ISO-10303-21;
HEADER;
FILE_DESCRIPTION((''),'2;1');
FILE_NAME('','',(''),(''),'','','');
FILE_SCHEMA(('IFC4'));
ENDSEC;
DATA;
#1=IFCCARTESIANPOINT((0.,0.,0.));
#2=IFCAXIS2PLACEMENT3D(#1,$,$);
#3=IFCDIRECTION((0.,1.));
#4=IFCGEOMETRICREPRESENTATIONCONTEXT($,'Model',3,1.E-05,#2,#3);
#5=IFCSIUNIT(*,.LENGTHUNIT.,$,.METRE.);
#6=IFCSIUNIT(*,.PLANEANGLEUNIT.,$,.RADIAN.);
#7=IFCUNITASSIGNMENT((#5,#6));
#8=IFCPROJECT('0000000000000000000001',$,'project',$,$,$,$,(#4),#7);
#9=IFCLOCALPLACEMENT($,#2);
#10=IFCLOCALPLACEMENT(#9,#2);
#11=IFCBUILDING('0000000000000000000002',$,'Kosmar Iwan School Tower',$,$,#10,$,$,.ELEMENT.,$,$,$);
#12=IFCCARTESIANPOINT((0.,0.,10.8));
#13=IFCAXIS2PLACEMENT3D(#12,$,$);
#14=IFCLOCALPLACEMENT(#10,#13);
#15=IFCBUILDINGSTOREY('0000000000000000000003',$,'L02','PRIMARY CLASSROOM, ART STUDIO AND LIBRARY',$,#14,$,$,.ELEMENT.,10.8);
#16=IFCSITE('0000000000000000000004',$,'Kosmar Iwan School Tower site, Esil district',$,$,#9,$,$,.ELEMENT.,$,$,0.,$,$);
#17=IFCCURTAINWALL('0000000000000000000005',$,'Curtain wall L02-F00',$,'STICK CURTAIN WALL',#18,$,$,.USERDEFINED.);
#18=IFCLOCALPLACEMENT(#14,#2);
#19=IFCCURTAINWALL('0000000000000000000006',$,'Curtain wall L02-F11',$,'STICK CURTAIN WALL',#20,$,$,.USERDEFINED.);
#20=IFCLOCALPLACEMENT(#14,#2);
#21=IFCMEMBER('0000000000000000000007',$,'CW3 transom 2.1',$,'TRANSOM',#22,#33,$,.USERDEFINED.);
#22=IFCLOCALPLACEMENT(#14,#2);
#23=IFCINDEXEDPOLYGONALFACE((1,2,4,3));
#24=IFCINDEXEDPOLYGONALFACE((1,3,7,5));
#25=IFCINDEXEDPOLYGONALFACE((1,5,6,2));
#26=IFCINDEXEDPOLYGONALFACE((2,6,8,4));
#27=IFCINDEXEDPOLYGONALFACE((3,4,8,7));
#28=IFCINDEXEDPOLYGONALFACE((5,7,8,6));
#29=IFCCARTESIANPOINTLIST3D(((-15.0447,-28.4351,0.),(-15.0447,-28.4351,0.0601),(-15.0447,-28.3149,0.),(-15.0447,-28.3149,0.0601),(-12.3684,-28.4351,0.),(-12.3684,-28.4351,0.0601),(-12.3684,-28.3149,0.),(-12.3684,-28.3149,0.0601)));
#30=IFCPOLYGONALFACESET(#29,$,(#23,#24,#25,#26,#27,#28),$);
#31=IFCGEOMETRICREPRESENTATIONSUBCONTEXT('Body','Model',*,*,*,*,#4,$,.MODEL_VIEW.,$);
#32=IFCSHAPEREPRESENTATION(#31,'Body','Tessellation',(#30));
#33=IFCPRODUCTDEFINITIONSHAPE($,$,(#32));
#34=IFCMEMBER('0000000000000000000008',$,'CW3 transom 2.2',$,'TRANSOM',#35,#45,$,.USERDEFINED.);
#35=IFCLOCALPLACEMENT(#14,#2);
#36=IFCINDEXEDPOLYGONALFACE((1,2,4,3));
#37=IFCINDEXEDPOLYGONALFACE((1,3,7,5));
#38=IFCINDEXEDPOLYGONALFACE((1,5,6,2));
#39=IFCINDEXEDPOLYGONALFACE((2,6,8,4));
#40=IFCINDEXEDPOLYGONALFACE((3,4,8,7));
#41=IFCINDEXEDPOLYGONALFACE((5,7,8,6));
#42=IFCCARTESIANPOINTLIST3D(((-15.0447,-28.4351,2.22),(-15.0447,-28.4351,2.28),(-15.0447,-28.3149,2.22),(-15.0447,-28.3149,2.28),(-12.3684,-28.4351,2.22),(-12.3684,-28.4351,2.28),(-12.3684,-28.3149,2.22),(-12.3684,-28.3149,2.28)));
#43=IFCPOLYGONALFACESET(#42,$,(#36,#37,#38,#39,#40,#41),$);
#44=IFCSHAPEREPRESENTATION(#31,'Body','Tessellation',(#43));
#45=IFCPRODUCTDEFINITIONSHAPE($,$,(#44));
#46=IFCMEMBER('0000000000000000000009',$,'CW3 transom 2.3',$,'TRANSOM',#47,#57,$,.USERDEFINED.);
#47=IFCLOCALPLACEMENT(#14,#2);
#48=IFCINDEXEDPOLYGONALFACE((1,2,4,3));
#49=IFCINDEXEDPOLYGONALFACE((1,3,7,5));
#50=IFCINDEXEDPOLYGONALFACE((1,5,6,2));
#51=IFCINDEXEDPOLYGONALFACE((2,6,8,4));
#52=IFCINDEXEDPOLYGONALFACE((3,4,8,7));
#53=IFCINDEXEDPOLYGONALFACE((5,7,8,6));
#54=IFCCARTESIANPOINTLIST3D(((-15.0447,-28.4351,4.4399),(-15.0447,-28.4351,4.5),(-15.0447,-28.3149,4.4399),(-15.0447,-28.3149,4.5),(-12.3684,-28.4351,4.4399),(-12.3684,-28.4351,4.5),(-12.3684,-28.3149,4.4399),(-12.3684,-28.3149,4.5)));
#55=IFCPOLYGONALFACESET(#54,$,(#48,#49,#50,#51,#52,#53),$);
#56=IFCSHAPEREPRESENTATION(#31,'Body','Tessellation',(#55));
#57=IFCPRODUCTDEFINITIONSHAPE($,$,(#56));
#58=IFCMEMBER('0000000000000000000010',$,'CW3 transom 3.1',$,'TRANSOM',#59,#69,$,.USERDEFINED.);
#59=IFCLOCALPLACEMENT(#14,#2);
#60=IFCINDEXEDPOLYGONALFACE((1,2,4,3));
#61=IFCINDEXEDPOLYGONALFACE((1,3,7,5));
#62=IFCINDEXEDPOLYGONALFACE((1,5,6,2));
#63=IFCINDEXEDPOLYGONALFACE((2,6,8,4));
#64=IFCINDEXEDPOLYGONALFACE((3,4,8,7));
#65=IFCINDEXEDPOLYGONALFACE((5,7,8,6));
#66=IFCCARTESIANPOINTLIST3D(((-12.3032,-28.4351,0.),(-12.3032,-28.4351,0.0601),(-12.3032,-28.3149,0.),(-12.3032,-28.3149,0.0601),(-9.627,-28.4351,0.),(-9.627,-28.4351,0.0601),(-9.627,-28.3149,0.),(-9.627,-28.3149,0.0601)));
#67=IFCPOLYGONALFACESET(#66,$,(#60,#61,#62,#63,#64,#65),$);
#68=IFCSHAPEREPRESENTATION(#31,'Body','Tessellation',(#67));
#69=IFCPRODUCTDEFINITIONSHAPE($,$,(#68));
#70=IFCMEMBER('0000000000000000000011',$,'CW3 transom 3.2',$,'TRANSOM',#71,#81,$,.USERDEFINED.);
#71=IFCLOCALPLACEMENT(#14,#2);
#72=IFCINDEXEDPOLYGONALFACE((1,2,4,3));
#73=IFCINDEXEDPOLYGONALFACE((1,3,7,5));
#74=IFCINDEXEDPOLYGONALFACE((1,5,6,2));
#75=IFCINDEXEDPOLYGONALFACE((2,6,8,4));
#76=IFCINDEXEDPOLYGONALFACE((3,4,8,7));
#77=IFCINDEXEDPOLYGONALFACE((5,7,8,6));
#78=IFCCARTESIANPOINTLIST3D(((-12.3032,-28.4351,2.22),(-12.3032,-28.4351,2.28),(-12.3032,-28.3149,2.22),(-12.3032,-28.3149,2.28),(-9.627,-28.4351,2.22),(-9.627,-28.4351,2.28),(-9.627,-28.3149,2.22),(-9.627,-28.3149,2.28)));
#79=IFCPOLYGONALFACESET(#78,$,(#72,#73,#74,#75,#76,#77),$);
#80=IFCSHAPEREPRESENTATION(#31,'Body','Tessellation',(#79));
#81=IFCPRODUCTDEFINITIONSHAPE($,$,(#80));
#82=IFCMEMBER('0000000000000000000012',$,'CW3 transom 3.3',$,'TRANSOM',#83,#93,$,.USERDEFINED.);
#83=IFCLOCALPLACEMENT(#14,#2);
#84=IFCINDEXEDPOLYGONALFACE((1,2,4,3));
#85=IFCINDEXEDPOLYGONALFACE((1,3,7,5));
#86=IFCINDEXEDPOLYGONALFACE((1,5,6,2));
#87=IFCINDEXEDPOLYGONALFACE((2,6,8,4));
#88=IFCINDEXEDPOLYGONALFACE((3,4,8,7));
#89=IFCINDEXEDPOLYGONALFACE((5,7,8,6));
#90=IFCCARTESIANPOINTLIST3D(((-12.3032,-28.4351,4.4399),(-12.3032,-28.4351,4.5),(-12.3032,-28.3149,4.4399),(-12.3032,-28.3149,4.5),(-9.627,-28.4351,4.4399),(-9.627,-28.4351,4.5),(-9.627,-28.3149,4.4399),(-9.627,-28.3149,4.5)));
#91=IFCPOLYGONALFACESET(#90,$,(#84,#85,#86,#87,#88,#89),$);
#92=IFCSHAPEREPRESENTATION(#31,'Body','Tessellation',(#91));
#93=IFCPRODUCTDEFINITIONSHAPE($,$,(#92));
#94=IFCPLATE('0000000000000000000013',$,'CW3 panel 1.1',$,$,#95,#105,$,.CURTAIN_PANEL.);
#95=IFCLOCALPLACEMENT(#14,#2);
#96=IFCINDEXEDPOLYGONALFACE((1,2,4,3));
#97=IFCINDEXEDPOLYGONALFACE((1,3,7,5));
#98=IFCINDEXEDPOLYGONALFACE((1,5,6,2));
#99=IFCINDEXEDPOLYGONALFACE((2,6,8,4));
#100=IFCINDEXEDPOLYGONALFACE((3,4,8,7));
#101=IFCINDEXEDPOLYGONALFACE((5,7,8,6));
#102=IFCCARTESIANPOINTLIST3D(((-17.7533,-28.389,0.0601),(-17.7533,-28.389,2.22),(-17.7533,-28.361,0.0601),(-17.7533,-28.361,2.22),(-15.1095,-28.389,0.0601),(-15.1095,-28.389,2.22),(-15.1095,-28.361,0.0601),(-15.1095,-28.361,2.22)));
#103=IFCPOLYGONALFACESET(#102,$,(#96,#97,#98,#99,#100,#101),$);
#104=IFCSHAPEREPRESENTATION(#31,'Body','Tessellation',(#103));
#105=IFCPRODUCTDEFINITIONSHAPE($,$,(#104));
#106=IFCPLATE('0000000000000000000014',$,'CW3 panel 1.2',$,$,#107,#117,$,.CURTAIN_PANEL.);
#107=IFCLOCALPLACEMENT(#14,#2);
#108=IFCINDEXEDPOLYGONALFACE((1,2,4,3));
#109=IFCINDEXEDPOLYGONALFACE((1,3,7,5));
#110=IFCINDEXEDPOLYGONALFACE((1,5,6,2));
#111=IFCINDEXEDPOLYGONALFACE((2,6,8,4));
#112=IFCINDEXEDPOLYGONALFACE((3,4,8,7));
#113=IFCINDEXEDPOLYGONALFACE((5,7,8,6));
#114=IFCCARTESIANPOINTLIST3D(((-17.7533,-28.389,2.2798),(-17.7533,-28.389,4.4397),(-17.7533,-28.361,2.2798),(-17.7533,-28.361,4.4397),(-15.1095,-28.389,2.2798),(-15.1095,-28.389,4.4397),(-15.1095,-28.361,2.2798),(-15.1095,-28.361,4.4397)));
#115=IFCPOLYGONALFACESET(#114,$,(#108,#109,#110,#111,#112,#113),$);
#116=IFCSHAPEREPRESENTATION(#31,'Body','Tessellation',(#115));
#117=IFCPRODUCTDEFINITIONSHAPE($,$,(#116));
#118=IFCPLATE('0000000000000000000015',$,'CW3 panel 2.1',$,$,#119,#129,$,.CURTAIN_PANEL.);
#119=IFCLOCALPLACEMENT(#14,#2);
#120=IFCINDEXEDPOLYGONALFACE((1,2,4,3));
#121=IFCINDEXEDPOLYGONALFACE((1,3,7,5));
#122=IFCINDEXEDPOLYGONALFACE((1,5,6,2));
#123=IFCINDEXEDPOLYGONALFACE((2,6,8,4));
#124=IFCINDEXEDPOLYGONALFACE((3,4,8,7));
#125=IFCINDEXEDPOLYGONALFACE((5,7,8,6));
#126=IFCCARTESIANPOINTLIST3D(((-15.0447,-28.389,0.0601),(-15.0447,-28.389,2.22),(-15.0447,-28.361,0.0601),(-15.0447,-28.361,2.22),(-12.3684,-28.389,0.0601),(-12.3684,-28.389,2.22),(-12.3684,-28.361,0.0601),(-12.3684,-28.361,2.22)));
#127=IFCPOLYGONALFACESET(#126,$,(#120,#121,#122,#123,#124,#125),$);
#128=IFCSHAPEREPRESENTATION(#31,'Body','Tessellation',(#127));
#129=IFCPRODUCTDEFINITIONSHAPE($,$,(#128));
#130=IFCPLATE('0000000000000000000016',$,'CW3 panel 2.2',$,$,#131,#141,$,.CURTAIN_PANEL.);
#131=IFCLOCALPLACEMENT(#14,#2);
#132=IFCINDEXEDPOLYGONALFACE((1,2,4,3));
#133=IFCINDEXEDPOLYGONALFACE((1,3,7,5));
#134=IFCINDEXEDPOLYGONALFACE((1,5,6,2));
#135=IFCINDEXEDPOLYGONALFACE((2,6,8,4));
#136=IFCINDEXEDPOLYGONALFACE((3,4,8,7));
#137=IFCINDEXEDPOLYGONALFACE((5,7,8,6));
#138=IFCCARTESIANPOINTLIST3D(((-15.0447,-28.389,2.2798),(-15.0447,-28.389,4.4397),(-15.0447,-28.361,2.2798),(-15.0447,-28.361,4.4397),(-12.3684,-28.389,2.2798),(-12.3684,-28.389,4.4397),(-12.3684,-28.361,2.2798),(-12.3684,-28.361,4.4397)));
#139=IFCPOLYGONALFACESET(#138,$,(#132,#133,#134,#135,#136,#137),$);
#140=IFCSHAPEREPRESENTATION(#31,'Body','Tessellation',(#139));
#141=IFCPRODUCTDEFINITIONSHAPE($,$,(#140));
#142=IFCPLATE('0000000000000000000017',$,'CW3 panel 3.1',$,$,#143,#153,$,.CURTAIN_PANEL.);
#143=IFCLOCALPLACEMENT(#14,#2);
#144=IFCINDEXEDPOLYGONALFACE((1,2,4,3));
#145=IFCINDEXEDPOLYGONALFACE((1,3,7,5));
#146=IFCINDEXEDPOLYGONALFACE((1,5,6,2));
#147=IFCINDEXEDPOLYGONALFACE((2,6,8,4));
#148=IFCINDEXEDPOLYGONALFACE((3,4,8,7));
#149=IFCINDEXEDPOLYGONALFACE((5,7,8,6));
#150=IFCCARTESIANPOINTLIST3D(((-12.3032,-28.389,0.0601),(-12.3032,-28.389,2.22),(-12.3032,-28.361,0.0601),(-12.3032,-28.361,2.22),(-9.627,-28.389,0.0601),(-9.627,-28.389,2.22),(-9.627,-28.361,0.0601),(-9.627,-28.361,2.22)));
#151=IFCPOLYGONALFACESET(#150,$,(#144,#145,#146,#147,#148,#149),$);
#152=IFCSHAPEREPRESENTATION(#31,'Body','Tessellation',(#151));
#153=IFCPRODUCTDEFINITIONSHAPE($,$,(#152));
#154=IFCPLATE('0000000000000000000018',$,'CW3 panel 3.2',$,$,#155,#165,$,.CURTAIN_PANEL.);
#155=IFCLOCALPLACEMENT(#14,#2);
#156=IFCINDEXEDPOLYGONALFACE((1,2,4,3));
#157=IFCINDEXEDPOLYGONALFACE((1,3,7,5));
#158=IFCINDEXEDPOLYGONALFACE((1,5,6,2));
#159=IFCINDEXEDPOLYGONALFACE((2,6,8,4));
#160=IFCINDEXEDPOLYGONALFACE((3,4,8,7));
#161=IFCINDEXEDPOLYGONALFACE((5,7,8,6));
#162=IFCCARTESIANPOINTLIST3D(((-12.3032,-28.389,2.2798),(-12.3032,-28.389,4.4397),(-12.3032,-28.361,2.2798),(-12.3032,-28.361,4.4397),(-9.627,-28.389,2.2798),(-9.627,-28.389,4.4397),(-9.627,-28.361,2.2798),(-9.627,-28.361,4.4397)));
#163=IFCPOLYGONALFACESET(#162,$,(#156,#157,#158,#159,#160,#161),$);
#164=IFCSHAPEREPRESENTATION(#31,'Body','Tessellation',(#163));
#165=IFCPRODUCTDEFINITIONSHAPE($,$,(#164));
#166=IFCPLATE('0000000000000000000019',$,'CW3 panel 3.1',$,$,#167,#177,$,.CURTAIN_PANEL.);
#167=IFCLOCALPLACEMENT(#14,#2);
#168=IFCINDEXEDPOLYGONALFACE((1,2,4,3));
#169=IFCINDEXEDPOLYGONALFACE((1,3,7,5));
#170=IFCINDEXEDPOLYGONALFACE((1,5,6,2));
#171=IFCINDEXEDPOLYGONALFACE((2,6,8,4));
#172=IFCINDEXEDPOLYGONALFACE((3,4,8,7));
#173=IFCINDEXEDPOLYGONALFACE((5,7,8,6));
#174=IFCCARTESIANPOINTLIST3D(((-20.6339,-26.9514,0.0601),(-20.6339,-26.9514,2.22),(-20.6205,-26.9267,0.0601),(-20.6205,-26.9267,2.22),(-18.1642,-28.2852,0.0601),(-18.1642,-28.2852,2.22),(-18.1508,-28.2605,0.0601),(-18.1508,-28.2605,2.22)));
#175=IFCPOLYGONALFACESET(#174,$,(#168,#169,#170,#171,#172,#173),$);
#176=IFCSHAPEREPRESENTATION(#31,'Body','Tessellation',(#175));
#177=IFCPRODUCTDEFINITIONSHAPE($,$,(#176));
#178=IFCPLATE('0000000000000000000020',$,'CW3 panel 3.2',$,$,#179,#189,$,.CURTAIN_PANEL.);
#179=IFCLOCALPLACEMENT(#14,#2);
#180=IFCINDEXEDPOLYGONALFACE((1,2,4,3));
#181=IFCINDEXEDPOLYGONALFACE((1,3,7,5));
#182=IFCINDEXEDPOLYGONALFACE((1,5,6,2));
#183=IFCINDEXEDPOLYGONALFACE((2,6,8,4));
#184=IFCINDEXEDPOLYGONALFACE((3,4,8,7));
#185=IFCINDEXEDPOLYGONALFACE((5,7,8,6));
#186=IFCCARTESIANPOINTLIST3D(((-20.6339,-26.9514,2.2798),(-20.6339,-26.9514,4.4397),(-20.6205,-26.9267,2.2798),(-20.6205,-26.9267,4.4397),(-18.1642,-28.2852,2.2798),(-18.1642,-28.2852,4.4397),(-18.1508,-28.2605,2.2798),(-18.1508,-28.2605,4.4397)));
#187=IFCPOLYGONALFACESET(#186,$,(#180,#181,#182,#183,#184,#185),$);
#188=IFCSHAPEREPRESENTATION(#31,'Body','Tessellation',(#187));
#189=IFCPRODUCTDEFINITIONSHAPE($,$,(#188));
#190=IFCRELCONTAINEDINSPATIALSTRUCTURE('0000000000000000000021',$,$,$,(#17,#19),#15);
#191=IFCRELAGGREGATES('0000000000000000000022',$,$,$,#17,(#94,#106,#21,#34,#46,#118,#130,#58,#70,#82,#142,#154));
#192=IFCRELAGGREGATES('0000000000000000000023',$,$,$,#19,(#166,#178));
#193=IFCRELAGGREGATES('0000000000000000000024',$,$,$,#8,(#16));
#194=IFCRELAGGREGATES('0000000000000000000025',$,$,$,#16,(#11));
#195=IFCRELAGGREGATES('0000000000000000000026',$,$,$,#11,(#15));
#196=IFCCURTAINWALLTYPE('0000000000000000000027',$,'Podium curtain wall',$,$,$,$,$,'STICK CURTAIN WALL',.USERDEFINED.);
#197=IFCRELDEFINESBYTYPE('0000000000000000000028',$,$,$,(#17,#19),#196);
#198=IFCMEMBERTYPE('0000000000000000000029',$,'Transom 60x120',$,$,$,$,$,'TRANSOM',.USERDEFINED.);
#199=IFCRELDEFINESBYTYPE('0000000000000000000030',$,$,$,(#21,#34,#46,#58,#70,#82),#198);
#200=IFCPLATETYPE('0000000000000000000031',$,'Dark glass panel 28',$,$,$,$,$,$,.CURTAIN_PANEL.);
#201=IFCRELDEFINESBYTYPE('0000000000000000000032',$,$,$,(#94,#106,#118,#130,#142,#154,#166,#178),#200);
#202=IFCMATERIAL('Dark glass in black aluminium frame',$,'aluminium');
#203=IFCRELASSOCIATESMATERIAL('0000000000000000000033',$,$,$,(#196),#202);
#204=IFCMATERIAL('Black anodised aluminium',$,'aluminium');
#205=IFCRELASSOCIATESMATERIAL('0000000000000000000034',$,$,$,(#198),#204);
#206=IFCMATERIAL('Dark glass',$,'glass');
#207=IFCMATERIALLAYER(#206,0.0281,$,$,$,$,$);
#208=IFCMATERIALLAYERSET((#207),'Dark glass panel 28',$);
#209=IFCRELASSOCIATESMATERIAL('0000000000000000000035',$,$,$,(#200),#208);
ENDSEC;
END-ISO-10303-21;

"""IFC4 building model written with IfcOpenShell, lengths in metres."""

from ifc_helpers import new_model, si_unit, direction, frame, origin, origin_2d, place, context, subcontext, project, spatial, rectangle, extrude, material, layer, layer_set, material_profile, profile_set, type_object, element, aggregate, save


model = new_model("IFC4")

# Units and contexts
model_context = context("Model", 3, precision=1e-05, world=origin(), true_north=direction((0.0, 1.0)))
body_context = subcontext(model_context, "Body", "Model", "MODEL_VIEW")
ifc_project = project(units=[si_unit("LENGTHUNIT", "METRE"), si_unit("PLANEANGLEUNIT", "RADIAN")], contexts=[model_context])

# Site, building, storey
site_placement = place(None, origin())
site = spatial("IfcSite", under=ifc_project, at=site_placement, Name="Kosmar Iwan School Tower site, Esil district", CompositionType="ELEMENT", RefElevation=0.0)
building_placement = place(site_placement, origin())
building = spatial("IfcBuilding", under=site, at=building_placement, Name="Kosmar Iwan School Tower", CompositionType="ELEMENT")
storey_placement = place(building_placement, frame((0.0, 0.0, 10.8)))
storey = spatial("IfcBuildingStorey", under=building, at=storey_placement, Name="L02", Description="PRIMARY CLASSROOM, ART STUDIO AND LIBRARY", CompositionType="ELEMENT", Elevation=10.8)

# Curtain wall
ifc_material_1 = material(Name="Dark glass in black aluminium frame", Category="aluminium")
curtain_wall_type = type_object("IfcCurtainWallType", Name="Podium curtain wall", ElementType="STICK CURTAIN WALL", PredefinedType="USERDEFINED", material=ifc_material_1)
curtain_wall_1_placement = place(storey_placement, origin())
curtain_wall_1 = element("IfcCurtainWall", 1, at=curtain_wall_1_placement, inside=storey, type_object=curtain_wall_type, Name="Curtain wall L02-F00", ObjectType="STICK CURTAIN WALL", PredefinedType="USERDEFINED")

# Curtain wall
curtain_wall_2_placement = place(storey_placement, origin())
curtain_wall_2 = element("IfcCurtainWall", 2, at=curtain_wall_2_placement, inside=storey, type_object=curtain_wall_type, Name="Curtain wall L02-F11", ObjectType="STICK CURTAIN WALL", PredefinedType="USERDEFINED")

# Members
ifc_material_2 = material(Name="Black anodised aluminium", Category="aluminium")
ifc_material_profile_1 = material_profile(ifc_material_2, rectangle(XDim=0.1201, YDim=0.0601, at=origin_2d()), Name="TRANSOM 60x120")
ifc_profile_set_1 = profile_set([ifc_material_profile_1], Name="Black anodised aluminium")
member_type_1 = type_object("IfcMemberType", Name="Transom 60x120", ElementType="TRANSOM", PredefinedType="USERDEFINED", material=ifc_profile_set_1)
member_1_placement = place(storey_placement, frame((-15.0447, -28.375, 0.03), z_axis=(1.0, 0.0, 0.0), x_axis=(0.0, 1.0, 0.0)))
member_1 = element("IfcMember", 3, at=member_1_placement, type_object=member_type_1, Name="CW3 transom 2.1", ObjectType="TRANSOM", PredefinedType="USERDEFINED", context=body_context, shape_type="SweptSolid", body=[
    extrude(rectangle(XDim=0.1201, YDim=0.0601, at=origin_2d()), origin(), (0.0, 0.0, 1.0), 2.6763),
])
member_2_placement = place(storey_placement, frame((-15.0447, -28.375, 2.25), z_axis=(1.0, 0.0, 0.0), x_axis=(0.0, 1.0, 0.0)))
member_2 = element("IfcMember", 4, at=member_2_placement, type_object=member_type_1, Name="CW3 transom 2.2", ObjectType="TRANSOM", PredefinedType="USERDEFINED", context=body_context, shape_type="SweptSolid", body=[
    extrude(rectangle(XDim=0.1201, YDim=0.0601, at=origin_2d()), origin(), (0.0, 0.0, 1.0), 2.6763),
])
member_3_placement = place(storey_placement, frame((-15.0447, -28.375, 4.47), z_axis=(1.0, 0.0, 0.0), x_axis=(0.0, 1.0, 0.0)))
member_3 = element("IfcMember", 5, at=member_3_placement, type_object=member_type_1, Name="CW3 transom 2.3", ObjectType="TRANSOM", PredefinedType="USERDEFINED", context=body_context, shape_type="SweptSolid", body=[
    extrude(rectangle(XDim=0.1201, YDim=0.0601, at=origin_2d()), origin(), (0.0, 0.0, 1.0), 2.6763),
])
member_4_placement = place(storey_placement, frame((-12.3032, -28.375, 0.03), z_axis=(1.0, 0.0, 0.0), x_axis=(0.0, 1.0, 0.0)))
member_4 = element("IfcMember", 6, at=member_4_placement, type_object=member_type_1, Name="CW3 transom 3.1", ObjectType="TRANSOM", PredefinedType="USERDEFINED", context=body_context, shape_type="SweptSolid", body=[
    extrude(rectangle(XDim=0.1201, YDim=0.0601, at=origin_2d()), origin(), (0.0, 0.0, 1.0), 2.6763),
])
member_5_placement = place(storey_placement, frame((-12.3032, -28.375, 2.25), z_axis=(1.0, 0.0, 0.0), x_axis=(0.0, 1.0, 0.0)))
member_5 = element("IfcMember", 7, at=member_5_placement, type_object=member_type_1, Name="CW3 transom 3.2", ObjectType="TRANSOM", PredefinedType="USERDEFINED", context=body_context, shape_type="SweptSolid", body=[
    extrude(rectangle(XDim=0.1201, YDim=0.0601, at=origin_2d()), origin(), (0.0, 0.0, 1.0), 2.6763),
])
member_6_placement = place(storey_placement, frame((-12.3032, -28.375, 4.47), z_axis=(1.0, 0.0, 0.0), x_axis=(0.0, 1.0, 0.0)))
member_6 = element("IfcMember", 8, at=member_6_placement, type_object=member_type_1, Name="CW3 transom 3.3", ObjectType="TRANSOM", PredefinedType="USERDEFINED", context=body_context, shape_type="SweptSolid", body=[
    extrude(rectangle(XDim=0.1201, YDim=0.0601, at=origin_2d()), origin(), (0.0, 0.0, 1.0), 2.6763),
])

# Plates
ifc_material_3 = material(Name="Dark glass", Category="glass")
ifc_layer_1 = layer(ifc_material_3, 0.0281)
ifc_layer_set_1 = layer_set([ifc_layer_1], Name="Dark glass panel 28")
plate_type = type_object("IfcPlateType", Name="Dark glass panel 28", PredefinedType="CURTAIN_PANEL", material=ifc_layer_set_1)
plate_1_placement = place(storey_placement, frame((-16.4314, -28.375, 0.0601), z_axis=(0.0, 0.0, 1.0), x_axis=(1.0, 0.0, 0.0)))
plate_1 = element("IfcPlate", 9, at=plate_1_placement, type_object=plate_type, Name="CW3 panel 1.1", PredefinedType="CURTAIN_PANEL", context=body_context, shape_type="SweptSolid", body=[
    extrude(rectangle(XDim=2.6438, YDim=0.0281, at=origin_2d()), origin(), (0.0, 0.0, 1.0), 2.1599),
])
plate_2_placement = place(storey_placement, frame((-16.4314, -28.375, 2.2798), z_axis=(0.0, 0.0, 1.0), x_axis=(1.0, 0.0, 0.0)))
plate_2 = element("IfcPlate", 10, at=plate_2_placement, type_object=plate_type, Name="CW3 panel 1.2", PredefinedType="CURTAIN_PANEL", context=body_context, shape_type="SweptSolid", body=[
    extrude(rectangle(XDim=2.6438, YDim=0.0281, at=origin_2d()), origin(), (0.0, 0.0, 1.0), 2.1599),
])
plate_3_placement = place(storey_placement, frame((-13.7065, -28.375, 0.0601), z_axis=(0.0, 0.0, 1.0), x_axis=(1.0, 0.0, 0.0)))
plate_3 = element("IfcPlate", 11, at=plate_3_placement, type_object=plate_type, Name="CW3 panel 2.1", PredefinedType="CURTAIN_PANEL", context=body_context, shape_type="SweptSolid", body=[
    extrude(rectangle(XDim=2.6763, YDim=0.0281, at=origin_2d()), origin(), (0.0, 0.0, 1.0), 2.1599),
])
plate_4_placement = place(storey_placement, frame((-13.7065, -28.375, 2.2798), z_axis=(0.0, 0.0, 1.0), x_axis=(1.0, 0.0, 0.0)))
plate_4 = element("IfcPlate", 12, at=plate_4_placement, type_object=plate_type, Name="CW3 panel 2.2", PredefinedType="CURTAIN_PANEL", context=body_context, shape_type="SweptSolid", body=[
    extrude(rectangle(XDim=2.6763, YDim=0.0281, at=origin_2d()), origin(), (0.0, 0.0, 1.0), 2.1599),
])
plate_5_placement = place(storey_placement, frame((-10.9651, -28.375, 0.0601), z_axis=(0.0, 0.0, 1.0), x_axis=(1.0, 0.0, 0.0)))
plate_5 = element("IfcPlate", 13, at=plate_5_placement, type_object=plate_type, Name="CW3 panel 3.1", PredefinedType="CURTAIN_PANEL", context=body_context, shape_type="SweptSolid", body=[
    extrude(rectangle(XDim=2.6763, YDim=0.0281, at=origin_2d()), origin(), (0.0, 0.0, 1.0), 2.1599),
])
plate_6_placement = place(storey_placement, frame((-10.9651, -28.375, 2.2798), z_axis=(0.0, 0.0, 1.0), x_axis=(1.0, 0.0, 0.0)))
plate_6 = element("IfcPlate", 14, at=plate_6_placement, type_object=plate_type, Name="CW3 panel 3.2", PredefinedType="CURTAIN_PANEL", context=body_context, shape_type="SweptSolid", body=[
    extrude(rectangle(XDim=2.6763, YDim=0.0281, at=origin_2d()), origin(), (0.0, 0.0, 1.0), 2.1599),
])
aggregate(curtain_wall_1, [plate_1, plate_2, member_1, member_2, member_3, plate_3, plate_4, member_4, member_5, member_6, plate_5, plate_6])
plate_7_placement = place(storey_placement, frame((-19.3923, -27.606, 0.0601), z_axis=(0.0, 0.0, 1.0), x_axis=(0.879869, -0.475215, 0.0)))
plate_7 = element("IfcPlate", 15, at=plate_7_placement, type_object=plate_type, Name="CW3 panel 3.1", PredefinedType="CURTAIN_PANEL", context=body_context, shape_type="SweptSolid", body=[
    extrude(rectangle(XDim=2.8069, YDim=0.0281, at=origin_2d()), origin(), (0.0, 0.0, 1.0), 2.1599),
])
plate_8_placement = place(storey_placement, frame((-19.3923, -27.606, 2.2798), z_axis=(0.0, 0.0, 1.0), x_axis=(0.879869, -0.475215, 0.0)))
plate_8 = element("IfcPlate", 16, at=plate_8_placement, type_object=plate_type, Name="CW3 panel 3.2", PredefinedType="CURTAIN_PANEL", context=body_context, shape_type="SweptSolid", body=[
    extrude(rectangle(XDim=2.8069, YDim=0.0281, at=origin_2d()), origin(), (0.0, 0.0, 1.0), 2.1599),
])
aggregate(curtain_wall_2, [plate_7, plate_8])

save(model, "model.ifc")
